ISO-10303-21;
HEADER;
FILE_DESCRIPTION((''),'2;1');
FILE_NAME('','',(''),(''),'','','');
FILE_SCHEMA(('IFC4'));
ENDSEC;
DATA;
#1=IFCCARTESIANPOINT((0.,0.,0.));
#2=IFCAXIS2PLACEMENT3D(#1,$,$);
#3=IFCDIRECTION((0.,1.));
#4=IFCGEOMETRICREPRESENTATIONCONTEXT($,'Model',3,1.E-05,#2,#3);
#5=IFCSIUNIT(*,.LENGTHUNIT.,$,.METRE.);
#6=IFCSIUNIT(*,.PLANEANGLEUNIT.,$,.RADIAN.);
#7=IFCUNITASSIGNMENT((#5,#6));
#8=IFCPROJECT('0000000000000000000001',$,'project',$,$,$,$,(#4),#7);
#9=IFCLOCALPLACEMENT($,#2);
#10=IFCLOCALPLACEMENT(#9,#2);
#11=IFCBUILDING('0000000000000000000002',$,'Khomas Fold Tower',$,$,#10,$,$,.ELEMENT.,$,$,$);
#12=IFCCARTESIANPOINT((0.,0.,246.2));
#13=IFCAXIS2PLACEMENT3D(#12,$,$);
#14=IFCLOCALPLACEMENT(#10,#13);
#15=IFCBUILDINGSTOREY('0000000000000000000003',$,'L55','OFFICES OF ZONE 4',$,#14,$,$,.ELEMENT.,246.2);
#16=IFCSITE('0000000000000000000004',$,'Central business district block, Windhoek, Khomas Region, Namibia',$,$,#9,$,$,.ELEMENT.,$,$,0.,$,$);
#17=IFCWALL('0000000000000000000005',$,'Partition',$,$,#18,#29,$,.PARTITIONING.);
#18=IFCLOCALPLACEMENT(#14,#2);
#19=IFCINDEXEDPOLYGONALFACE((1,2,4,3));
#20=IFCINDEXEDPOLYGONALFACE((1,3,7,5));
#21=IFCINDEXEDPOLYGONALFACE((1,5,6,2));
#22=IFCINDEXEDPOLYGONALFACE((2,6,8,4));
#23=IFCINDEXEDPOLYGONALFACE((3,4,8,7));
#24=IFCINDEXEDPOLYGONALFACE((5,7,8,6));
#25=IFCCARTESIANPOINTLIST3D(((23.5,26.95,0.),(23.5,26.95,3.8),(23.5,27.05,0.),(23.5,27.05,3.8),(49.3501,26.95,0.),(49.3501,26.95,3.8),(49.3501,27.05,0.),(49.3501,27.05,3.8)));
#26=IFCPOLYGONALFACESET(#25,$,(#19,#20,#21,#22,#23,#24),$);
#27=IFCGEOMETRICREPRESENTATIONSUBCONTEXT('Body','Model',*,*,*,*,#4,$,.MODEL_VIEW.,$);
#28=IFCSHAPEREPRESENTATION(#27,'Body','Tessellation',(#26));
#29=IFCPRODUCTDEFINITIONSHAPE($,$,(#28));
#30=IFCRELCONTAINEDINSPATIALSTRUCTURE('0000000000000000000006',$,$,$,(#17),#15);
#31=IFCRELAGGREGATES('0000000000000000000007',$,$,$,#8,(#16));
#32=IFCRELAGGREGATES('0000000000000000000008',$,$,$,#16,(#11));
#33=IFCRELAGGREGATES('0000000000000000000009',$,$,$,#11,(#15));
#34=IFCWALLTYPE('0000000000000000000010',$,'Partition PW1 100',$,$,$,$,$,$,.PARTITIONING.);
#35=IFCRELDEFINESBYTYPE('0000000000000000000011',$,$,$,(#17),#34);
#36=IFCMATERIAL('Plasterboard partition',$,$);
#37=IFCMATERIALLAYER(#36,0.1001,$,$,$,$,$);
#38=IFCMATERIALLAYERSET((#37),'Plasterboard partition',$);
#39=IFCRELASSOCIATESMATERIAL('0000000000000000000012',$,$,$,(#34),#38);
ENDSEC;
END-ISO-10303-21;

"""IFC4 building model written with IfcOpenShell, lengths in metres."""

from ifc_helpers import new_model, si_unit, direction, frame, frame_2d, origin, place, context, subcontext, project, spatial, rectangle, extrude, source, transform, mapped, material, layer, layer_set, type_object, element, save


model = new_model("IFC4")

# Units and contexts
model_context = context("Model", 3, precision=1e-05, world=origin(), true_north=direction((0.0, 1.0)))
body_context = subcontext(model_context, "Body", "Model", "MODEL_VIEW")
ifc_project = project(units=[si_unit("LENGTHUNIT", "METRE"), si_unit("PLANEANGLEUNIT", "RADIAN")], contexts=[model_context])

# Site, building, storey
site_placement = place(None, origin())
site = spatial("IfcSite", under=ifc_project, at=site_placement, Name="Central business district block, Windhoek, Khomas Region, Namibia", CompositionType="ELEMENT", RefElevation=0.0)
building_placement = place(site_placement, origin())
building = spatial("IfcBuilding", under=site, at=building_placement, Name="Khomas Fold Tower", CompositionType="ELEMENT")
storey_placement = place(building_placement, frame((0.0, 0.0, 246.2)))
storey = spatial("IfcBuildingStorey", under=building, at=storey_placement, Name="L55", Description="OFFICES OF ZONE 4", CompositionType="ELEMENT", Elevation=246.2)

# Wall
ifc_material_1 = material(Name="Plasterboard partition")
ifc_layer_1 = layer(ifc_material_1, 0.1001)
ifc_layer_set_1 = layer_set([ifc_layer_1], Name="Plasterboard partition")
wall_type_1 = type_object("IfcWallType", Name="Partition PW1 100", PredefinedType="PARTITIONING", material=ifc_layer_set_1)
shared_shape_1 = source(origin(), body_context, "Body", "SweptSolid", [
    extrude(rectangle(XDim=25.8501, YDim=0.1001, at=frame_2d((12.925, 0.0))), origin(), (0.0, 0.0, 1.0), 3.8),
])
wall_1_placement = place(storey_placement, frame((23.5, 27.0, 0.0), z_axis=(0.0, 0.0, 1.0), x_axis=(1.0, 0.0, 0.0)))
element("IfcWall", 1, at=wall_1_placement, inside=storey, type_object=wall_type_1, Name="Partition", PredefinedType="PARTITIONING", context=body_context, shape_type="MappedRepresentation", body=[
    mapped(shared_shape_1, transform((0.0, 0.0, 0.0))),
])

save(model, "model.ifc")
